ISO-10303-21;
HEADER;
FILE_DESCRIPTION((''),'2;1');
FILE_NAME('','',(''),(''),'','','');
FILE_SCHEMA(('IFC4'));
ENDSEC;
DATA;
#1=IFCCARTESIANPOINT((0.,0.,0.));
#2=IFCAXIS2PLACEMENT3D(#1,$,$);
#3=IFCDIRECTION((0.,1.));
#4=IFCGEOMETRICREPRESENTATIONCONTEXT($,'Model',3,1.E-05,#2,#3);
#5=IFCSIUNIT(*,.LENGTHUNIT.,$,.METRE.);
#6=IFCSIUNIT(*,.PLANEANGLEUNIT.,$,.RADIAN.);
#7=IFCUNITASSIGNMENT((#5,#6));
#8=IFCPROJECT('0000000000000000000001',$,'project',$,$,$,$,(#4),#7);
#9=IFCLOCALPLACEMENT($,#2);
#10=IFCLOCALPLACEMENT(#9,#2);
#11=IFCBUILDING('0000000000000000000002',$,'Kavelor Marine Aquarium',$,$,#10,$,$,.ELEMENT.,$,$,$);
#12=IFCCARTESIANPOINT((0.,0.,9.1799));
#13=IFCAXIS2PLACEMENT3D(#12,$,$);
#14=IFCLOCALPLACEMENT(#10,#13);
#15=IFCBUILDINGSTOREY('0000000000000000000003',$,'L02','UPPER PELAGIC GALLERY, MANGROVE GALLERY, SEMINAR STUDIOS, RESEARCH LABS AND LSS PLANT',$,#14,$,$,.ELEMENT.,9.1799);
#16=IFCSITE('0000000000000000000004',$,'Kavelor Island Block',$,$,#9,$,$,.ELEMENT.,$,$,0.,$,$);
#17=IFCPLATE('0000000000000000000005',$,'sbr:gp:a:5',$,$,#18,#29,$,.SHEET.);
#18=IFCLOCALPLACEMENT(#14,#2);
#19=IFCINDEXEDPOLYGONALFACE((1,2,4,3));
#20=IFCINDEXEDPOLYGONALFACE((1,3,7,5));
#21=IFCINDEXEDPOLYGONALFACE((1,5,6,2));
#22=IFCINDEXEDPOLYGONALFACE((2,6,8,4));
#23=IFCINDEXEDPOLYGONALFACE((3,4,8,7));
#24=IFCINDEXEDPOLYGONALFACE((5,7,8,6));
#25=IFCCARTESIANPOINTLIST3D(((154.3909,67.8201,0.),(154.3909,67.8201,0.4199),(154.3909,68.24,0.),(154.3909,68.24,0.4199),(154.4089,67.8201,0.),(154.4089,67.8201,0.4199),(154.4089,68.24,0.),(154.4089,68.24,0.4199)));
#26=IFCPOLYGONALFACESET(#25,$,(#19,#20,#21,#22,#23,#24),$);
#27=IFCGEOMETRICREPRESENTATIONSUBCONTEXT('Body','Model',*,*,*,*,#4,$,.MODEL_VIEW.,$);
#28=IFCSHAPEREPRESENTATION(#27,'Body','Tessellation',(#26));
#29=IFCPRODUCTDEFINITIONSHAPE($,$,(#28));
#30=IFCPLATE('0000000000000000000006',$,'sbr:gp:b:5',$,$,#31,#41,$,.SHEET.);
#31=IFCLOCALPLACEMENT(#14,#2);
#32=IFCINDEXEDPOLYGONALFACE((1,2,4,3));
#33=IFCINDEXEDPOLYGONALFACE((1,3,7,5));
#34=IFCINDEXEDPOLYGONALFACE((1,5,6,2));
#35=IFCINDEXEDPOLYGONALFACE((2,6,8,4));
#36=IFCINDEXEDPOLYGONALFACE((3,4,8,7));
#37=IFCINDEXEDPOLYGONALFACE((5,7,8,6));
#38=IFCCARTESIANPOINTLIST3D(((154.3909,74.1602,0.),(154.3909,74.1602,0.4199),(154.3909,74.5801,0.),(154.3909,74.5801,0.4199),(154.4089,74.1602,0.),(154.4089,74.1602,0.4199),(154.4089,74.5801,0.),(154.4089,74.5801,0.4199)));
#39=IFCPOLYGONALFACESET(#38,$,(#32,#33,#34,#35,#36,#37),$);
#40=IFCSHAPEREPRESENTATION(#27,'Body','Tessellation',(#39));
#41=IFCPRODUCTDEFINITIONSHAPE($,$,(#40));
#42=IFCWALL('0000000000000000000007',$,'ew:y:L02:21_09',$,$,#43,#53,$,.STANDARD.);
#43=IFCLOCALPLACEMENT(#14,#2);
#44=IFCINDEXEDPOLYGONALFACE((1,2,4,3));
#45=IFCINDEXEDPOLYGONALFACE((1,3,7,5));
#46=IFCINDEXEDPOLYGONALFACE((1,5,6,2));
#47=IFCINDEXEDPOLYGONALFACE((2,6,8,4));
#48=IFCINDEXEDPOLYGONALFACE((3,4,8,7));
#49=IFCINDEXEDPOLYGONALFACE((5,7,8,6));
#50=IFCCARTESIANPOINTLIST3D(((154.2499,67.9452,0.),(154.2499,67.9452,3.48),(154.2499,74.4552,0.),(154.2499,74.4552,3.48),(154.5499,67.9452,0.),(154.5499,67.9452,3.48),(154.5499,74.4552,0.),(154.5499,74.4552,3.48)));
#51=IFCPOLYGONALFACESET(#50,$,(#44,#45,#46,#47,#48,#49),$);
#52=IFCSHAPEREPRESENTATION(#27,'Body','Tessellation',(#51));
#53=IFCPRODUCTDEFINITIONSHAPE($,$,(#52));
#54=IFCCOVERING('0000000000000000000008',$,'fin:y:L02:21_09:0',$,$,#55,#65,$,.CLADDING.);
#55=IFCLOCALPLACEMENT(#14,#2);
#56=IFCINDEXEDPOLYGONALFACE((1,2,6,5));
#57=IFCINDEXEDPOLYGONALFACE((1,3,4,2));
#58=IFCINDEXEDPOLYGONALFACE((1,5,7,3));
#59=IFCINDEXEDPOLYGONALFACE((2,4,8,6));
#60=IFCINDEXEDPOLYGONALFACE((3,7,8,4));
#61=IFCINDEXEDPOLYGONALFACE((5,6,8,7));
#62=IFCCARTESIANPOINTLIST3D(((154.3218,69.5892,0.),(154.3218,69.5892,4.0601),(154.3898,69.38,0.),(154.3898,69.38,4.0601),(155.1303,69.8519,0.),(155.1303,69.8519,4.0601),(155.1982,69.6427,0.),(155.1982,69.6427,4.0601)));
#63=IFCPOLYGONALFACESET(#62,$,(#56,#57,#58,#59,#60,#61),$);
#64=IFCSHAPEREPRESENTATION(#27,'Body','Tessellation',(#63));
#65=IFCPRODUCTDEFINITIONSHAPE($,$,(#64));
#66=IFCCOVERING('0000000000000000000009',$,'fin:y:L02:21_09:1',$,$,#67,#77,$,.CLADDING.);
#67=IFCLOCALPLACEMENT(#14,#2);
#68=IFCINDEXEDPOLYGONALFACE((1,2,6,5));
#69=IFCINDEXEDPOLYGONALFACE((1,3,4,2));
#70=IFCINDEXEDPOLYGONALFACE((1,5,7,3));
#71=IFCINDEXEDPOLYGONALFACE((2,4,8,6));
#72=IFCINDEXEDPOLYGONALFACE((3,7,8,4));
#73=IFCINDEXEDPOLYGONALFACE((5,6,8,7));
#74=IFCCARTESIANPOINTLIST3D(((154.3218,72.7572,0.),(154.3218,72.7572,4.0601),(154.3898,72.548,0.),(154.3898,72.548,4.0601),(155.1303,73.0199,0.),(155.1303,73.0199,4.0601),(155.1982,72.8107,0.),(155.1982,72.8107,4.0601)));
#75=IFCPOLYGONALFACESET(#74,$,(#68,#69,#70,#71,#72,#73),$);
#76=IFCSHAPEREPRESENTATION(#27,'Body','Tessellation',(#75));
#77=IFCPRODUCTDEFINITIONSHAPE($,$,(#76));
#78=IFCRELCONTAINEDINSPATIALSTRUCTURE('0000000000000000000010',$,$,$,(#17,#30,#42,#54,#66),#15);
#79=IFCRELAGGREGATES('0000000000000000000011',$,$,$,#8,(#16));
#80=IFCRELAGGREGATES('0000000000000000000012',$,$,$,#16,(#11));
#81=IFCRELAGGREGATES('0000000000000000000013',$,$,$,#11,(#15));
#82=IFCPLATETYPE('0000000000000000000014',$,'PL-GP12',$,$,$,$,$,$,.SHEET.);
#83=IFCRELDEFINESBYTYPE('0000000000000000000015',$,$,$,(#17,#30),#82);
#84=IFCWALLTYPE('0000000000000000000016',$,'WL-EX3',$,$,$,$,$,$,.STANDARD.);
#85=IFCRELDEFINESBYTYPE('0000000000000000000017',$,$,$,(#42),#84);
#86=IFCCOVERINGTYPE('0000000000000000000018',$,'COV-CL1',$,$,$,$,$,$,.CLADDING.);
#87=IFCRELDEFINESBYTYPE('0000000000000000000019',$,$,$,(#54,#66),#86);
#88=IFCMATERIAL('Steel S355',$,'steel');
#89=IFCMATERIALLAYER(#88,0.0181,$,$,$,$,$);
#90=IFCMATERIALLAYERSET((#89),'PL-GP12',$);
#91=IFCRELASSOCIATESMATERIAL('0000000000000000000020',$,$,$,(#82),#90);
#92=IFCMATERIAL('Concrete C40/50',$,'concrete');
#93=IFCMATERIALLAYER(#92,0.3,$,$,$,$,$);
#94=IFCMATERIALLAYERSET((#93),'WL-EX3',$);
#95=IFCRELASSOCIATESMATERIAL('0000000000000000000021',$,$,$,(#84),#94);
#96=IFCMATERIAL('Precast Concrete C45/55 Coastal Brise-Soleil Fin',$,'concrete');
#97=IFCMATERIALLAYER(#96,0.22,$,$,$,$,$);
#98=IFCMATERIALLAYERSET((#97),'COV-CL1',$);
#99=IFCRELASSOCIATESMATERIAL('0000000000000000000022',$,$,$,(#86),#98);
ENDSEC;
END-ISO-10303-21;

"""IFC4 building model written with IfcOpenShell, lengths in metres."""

from ifc_helpers import new_model, si_unit, direction, frame, frame_2d, origin, origin_2d, place, context, subcontext, project, spatial, rectangle, extrude, material, layer, layer_set, type_object, element, save


model = new_model("IFC4")

# Units and contexts
model_context = context("Model", 3, precision=1e-05, world=origin(), true_north=direction((0.0, 1.0)))
body_context = subcontext(model_context, "Body", "Model", "MODEL_VIEW")
ifc_project = project(units=[si_unit("LENGTHUNIT", "METRE"), si_unit("PLANEANGLEUNIT", "RADIAN")], contexts=[model_context])

# Site, building, storey
site_placement = place(None, origin())
site = spatial("IfcSite", under=ifc_project, at=site_placement, Name="Kavelor Island Block", CompositionType="ELEMENT", RefElevation=0.0)
building_placement = place(site_placement, origin())
building = spatial("IfcBuilding", under=site, at=building_placement, Name="Kavelor Marine Aquarium", CompositionType="ELEMENT")
storey_placement = place(building_placement, frame((0.0, 0.0, 9.1799)))
storey = spatial("IfcBuildingStorey", under=building, at=storey_placement, Name="L02", Description="UPPER PELAGIC GALLERY, MANGROVE GALLERY, SEMINAR STUDIOS, RESEARCH LABS AND LSS PLANT", CompositionType="ELEMENT", Elevation=9.1799)

# Plates
ifc_material_1 = material(Name="Steel S355", Category="steel")
ifc_layer_1 = layer(ifc_material_1, 0.0181)
ifc_layer_set_1 = layer_set([ifc_layer_1], Name="PL-GP12")
plate_type_1 = type_object("IfcPlateType", Name="PL-GP12", PredefinedType="SHEET", material=ifc_layer_set_1)
for number, where, z_axis, x_axis, name in (
    (1, (154.3999, 68.03, 0.0), (0.0, 0.0, 1.0), (1.0, 0.0, 0.0), "sbr:gp:a:5"),
    (2, (154.3999, 74.3701, 0.0), (0.0, 0.0, 1.0), (1.0, 0.0, 0.0), "sbr:gp:b:5"),
):
    element("IfcPlate", number, at=place(storey_placement, frame(where, z_axis=z_axis, x_axis=x_axis)), inside=storey, type_object=plate_type_1, Name=name, PredefinedType="SHEET", context=body_context, shape_type="SweptSolid", body=[
        extrude(rectangle(XDim=0.0181, YDim=0.4199, at=origin_2d()), origin(), (0.0, 0.0, 1.0), 0.4199),
    ])

# Wall
ifc_material_2 = material(Name="Concrete C40/50", Category="concrete")
ifc_layer_2 = layer(ifc_material_2, 0.3)
ifc_layer_set_2 = layer_set([ifc_layer_2], Name="WL-EX3")
wall_type = type_object("IfcWallType", Name="WL-EX3", PredefinedType="STANDARD", material=ifc_layer_set_2)
wall_placement = place(storey_placement, frame((154.3999, 74.4551, 0.0), z_axis=(0.0, 0.0, 1.0), x_axis=(0.0, -1.0, 0.0)))
element("IfcWall", 3, at=wall_placement, inside=storey, type_object=wall_type, Name="ew:y:L02:21_09", PredefinedType="STANDARD", context=body_context, shape_type="SweptSolid", body=[
    extrude(rectangle(XDim=6.51, YDim=0.3, at=frame_2d((3.2549, 0.0))), origin(), (0.0, 0.0, 1.0), 3.48),
])

# Coverings
ifc_material_3 = material(Name="Precast Concrete C45/55 Coastal Brise-Soleil Fin", Category="concrete")
ifc_layer_3 = layer(ifc_material_3, 0.22)
ifc_layer_set_3 = layer_set([ifc_layer_3], Name="COV-CL1")
covering_type = type_object("IfcCoveringType", Name="COV-CL1", PredefinedType="CLADDING", material=ifc_layer_set_3)
for number, where, z_axis, x_axis, name in (
    (4, (154.76, 69.616, 0.0), (0.0, 0.0, 1.0), (0.951057, 0.309017, 0.0), "fin:y:L02:21_09:0"),
    (5, (154.76, 72.7839, 0.0), (0.0, 0.0, 1.0), (0.951057, 0.309017, 0.0), "fin:y:L02:21_09:1"),
):
    element("IfcCovering", number, at=place(storey_placement, frame(where, z_axis=z_axis, x_axis=x_axis)), inside=storey, type_object=covering_type, Name=name, PredefinedType="CLADDING", context=body_context, shape_type="SweptSolid", body=[
        extrude(rectangle(XDim=0.8501, YDim=0.22, at=origin_2d()), origin(), (0.0, 0.0, 1.0), 4.0601),
    ])

save(model, "model.ifc")
